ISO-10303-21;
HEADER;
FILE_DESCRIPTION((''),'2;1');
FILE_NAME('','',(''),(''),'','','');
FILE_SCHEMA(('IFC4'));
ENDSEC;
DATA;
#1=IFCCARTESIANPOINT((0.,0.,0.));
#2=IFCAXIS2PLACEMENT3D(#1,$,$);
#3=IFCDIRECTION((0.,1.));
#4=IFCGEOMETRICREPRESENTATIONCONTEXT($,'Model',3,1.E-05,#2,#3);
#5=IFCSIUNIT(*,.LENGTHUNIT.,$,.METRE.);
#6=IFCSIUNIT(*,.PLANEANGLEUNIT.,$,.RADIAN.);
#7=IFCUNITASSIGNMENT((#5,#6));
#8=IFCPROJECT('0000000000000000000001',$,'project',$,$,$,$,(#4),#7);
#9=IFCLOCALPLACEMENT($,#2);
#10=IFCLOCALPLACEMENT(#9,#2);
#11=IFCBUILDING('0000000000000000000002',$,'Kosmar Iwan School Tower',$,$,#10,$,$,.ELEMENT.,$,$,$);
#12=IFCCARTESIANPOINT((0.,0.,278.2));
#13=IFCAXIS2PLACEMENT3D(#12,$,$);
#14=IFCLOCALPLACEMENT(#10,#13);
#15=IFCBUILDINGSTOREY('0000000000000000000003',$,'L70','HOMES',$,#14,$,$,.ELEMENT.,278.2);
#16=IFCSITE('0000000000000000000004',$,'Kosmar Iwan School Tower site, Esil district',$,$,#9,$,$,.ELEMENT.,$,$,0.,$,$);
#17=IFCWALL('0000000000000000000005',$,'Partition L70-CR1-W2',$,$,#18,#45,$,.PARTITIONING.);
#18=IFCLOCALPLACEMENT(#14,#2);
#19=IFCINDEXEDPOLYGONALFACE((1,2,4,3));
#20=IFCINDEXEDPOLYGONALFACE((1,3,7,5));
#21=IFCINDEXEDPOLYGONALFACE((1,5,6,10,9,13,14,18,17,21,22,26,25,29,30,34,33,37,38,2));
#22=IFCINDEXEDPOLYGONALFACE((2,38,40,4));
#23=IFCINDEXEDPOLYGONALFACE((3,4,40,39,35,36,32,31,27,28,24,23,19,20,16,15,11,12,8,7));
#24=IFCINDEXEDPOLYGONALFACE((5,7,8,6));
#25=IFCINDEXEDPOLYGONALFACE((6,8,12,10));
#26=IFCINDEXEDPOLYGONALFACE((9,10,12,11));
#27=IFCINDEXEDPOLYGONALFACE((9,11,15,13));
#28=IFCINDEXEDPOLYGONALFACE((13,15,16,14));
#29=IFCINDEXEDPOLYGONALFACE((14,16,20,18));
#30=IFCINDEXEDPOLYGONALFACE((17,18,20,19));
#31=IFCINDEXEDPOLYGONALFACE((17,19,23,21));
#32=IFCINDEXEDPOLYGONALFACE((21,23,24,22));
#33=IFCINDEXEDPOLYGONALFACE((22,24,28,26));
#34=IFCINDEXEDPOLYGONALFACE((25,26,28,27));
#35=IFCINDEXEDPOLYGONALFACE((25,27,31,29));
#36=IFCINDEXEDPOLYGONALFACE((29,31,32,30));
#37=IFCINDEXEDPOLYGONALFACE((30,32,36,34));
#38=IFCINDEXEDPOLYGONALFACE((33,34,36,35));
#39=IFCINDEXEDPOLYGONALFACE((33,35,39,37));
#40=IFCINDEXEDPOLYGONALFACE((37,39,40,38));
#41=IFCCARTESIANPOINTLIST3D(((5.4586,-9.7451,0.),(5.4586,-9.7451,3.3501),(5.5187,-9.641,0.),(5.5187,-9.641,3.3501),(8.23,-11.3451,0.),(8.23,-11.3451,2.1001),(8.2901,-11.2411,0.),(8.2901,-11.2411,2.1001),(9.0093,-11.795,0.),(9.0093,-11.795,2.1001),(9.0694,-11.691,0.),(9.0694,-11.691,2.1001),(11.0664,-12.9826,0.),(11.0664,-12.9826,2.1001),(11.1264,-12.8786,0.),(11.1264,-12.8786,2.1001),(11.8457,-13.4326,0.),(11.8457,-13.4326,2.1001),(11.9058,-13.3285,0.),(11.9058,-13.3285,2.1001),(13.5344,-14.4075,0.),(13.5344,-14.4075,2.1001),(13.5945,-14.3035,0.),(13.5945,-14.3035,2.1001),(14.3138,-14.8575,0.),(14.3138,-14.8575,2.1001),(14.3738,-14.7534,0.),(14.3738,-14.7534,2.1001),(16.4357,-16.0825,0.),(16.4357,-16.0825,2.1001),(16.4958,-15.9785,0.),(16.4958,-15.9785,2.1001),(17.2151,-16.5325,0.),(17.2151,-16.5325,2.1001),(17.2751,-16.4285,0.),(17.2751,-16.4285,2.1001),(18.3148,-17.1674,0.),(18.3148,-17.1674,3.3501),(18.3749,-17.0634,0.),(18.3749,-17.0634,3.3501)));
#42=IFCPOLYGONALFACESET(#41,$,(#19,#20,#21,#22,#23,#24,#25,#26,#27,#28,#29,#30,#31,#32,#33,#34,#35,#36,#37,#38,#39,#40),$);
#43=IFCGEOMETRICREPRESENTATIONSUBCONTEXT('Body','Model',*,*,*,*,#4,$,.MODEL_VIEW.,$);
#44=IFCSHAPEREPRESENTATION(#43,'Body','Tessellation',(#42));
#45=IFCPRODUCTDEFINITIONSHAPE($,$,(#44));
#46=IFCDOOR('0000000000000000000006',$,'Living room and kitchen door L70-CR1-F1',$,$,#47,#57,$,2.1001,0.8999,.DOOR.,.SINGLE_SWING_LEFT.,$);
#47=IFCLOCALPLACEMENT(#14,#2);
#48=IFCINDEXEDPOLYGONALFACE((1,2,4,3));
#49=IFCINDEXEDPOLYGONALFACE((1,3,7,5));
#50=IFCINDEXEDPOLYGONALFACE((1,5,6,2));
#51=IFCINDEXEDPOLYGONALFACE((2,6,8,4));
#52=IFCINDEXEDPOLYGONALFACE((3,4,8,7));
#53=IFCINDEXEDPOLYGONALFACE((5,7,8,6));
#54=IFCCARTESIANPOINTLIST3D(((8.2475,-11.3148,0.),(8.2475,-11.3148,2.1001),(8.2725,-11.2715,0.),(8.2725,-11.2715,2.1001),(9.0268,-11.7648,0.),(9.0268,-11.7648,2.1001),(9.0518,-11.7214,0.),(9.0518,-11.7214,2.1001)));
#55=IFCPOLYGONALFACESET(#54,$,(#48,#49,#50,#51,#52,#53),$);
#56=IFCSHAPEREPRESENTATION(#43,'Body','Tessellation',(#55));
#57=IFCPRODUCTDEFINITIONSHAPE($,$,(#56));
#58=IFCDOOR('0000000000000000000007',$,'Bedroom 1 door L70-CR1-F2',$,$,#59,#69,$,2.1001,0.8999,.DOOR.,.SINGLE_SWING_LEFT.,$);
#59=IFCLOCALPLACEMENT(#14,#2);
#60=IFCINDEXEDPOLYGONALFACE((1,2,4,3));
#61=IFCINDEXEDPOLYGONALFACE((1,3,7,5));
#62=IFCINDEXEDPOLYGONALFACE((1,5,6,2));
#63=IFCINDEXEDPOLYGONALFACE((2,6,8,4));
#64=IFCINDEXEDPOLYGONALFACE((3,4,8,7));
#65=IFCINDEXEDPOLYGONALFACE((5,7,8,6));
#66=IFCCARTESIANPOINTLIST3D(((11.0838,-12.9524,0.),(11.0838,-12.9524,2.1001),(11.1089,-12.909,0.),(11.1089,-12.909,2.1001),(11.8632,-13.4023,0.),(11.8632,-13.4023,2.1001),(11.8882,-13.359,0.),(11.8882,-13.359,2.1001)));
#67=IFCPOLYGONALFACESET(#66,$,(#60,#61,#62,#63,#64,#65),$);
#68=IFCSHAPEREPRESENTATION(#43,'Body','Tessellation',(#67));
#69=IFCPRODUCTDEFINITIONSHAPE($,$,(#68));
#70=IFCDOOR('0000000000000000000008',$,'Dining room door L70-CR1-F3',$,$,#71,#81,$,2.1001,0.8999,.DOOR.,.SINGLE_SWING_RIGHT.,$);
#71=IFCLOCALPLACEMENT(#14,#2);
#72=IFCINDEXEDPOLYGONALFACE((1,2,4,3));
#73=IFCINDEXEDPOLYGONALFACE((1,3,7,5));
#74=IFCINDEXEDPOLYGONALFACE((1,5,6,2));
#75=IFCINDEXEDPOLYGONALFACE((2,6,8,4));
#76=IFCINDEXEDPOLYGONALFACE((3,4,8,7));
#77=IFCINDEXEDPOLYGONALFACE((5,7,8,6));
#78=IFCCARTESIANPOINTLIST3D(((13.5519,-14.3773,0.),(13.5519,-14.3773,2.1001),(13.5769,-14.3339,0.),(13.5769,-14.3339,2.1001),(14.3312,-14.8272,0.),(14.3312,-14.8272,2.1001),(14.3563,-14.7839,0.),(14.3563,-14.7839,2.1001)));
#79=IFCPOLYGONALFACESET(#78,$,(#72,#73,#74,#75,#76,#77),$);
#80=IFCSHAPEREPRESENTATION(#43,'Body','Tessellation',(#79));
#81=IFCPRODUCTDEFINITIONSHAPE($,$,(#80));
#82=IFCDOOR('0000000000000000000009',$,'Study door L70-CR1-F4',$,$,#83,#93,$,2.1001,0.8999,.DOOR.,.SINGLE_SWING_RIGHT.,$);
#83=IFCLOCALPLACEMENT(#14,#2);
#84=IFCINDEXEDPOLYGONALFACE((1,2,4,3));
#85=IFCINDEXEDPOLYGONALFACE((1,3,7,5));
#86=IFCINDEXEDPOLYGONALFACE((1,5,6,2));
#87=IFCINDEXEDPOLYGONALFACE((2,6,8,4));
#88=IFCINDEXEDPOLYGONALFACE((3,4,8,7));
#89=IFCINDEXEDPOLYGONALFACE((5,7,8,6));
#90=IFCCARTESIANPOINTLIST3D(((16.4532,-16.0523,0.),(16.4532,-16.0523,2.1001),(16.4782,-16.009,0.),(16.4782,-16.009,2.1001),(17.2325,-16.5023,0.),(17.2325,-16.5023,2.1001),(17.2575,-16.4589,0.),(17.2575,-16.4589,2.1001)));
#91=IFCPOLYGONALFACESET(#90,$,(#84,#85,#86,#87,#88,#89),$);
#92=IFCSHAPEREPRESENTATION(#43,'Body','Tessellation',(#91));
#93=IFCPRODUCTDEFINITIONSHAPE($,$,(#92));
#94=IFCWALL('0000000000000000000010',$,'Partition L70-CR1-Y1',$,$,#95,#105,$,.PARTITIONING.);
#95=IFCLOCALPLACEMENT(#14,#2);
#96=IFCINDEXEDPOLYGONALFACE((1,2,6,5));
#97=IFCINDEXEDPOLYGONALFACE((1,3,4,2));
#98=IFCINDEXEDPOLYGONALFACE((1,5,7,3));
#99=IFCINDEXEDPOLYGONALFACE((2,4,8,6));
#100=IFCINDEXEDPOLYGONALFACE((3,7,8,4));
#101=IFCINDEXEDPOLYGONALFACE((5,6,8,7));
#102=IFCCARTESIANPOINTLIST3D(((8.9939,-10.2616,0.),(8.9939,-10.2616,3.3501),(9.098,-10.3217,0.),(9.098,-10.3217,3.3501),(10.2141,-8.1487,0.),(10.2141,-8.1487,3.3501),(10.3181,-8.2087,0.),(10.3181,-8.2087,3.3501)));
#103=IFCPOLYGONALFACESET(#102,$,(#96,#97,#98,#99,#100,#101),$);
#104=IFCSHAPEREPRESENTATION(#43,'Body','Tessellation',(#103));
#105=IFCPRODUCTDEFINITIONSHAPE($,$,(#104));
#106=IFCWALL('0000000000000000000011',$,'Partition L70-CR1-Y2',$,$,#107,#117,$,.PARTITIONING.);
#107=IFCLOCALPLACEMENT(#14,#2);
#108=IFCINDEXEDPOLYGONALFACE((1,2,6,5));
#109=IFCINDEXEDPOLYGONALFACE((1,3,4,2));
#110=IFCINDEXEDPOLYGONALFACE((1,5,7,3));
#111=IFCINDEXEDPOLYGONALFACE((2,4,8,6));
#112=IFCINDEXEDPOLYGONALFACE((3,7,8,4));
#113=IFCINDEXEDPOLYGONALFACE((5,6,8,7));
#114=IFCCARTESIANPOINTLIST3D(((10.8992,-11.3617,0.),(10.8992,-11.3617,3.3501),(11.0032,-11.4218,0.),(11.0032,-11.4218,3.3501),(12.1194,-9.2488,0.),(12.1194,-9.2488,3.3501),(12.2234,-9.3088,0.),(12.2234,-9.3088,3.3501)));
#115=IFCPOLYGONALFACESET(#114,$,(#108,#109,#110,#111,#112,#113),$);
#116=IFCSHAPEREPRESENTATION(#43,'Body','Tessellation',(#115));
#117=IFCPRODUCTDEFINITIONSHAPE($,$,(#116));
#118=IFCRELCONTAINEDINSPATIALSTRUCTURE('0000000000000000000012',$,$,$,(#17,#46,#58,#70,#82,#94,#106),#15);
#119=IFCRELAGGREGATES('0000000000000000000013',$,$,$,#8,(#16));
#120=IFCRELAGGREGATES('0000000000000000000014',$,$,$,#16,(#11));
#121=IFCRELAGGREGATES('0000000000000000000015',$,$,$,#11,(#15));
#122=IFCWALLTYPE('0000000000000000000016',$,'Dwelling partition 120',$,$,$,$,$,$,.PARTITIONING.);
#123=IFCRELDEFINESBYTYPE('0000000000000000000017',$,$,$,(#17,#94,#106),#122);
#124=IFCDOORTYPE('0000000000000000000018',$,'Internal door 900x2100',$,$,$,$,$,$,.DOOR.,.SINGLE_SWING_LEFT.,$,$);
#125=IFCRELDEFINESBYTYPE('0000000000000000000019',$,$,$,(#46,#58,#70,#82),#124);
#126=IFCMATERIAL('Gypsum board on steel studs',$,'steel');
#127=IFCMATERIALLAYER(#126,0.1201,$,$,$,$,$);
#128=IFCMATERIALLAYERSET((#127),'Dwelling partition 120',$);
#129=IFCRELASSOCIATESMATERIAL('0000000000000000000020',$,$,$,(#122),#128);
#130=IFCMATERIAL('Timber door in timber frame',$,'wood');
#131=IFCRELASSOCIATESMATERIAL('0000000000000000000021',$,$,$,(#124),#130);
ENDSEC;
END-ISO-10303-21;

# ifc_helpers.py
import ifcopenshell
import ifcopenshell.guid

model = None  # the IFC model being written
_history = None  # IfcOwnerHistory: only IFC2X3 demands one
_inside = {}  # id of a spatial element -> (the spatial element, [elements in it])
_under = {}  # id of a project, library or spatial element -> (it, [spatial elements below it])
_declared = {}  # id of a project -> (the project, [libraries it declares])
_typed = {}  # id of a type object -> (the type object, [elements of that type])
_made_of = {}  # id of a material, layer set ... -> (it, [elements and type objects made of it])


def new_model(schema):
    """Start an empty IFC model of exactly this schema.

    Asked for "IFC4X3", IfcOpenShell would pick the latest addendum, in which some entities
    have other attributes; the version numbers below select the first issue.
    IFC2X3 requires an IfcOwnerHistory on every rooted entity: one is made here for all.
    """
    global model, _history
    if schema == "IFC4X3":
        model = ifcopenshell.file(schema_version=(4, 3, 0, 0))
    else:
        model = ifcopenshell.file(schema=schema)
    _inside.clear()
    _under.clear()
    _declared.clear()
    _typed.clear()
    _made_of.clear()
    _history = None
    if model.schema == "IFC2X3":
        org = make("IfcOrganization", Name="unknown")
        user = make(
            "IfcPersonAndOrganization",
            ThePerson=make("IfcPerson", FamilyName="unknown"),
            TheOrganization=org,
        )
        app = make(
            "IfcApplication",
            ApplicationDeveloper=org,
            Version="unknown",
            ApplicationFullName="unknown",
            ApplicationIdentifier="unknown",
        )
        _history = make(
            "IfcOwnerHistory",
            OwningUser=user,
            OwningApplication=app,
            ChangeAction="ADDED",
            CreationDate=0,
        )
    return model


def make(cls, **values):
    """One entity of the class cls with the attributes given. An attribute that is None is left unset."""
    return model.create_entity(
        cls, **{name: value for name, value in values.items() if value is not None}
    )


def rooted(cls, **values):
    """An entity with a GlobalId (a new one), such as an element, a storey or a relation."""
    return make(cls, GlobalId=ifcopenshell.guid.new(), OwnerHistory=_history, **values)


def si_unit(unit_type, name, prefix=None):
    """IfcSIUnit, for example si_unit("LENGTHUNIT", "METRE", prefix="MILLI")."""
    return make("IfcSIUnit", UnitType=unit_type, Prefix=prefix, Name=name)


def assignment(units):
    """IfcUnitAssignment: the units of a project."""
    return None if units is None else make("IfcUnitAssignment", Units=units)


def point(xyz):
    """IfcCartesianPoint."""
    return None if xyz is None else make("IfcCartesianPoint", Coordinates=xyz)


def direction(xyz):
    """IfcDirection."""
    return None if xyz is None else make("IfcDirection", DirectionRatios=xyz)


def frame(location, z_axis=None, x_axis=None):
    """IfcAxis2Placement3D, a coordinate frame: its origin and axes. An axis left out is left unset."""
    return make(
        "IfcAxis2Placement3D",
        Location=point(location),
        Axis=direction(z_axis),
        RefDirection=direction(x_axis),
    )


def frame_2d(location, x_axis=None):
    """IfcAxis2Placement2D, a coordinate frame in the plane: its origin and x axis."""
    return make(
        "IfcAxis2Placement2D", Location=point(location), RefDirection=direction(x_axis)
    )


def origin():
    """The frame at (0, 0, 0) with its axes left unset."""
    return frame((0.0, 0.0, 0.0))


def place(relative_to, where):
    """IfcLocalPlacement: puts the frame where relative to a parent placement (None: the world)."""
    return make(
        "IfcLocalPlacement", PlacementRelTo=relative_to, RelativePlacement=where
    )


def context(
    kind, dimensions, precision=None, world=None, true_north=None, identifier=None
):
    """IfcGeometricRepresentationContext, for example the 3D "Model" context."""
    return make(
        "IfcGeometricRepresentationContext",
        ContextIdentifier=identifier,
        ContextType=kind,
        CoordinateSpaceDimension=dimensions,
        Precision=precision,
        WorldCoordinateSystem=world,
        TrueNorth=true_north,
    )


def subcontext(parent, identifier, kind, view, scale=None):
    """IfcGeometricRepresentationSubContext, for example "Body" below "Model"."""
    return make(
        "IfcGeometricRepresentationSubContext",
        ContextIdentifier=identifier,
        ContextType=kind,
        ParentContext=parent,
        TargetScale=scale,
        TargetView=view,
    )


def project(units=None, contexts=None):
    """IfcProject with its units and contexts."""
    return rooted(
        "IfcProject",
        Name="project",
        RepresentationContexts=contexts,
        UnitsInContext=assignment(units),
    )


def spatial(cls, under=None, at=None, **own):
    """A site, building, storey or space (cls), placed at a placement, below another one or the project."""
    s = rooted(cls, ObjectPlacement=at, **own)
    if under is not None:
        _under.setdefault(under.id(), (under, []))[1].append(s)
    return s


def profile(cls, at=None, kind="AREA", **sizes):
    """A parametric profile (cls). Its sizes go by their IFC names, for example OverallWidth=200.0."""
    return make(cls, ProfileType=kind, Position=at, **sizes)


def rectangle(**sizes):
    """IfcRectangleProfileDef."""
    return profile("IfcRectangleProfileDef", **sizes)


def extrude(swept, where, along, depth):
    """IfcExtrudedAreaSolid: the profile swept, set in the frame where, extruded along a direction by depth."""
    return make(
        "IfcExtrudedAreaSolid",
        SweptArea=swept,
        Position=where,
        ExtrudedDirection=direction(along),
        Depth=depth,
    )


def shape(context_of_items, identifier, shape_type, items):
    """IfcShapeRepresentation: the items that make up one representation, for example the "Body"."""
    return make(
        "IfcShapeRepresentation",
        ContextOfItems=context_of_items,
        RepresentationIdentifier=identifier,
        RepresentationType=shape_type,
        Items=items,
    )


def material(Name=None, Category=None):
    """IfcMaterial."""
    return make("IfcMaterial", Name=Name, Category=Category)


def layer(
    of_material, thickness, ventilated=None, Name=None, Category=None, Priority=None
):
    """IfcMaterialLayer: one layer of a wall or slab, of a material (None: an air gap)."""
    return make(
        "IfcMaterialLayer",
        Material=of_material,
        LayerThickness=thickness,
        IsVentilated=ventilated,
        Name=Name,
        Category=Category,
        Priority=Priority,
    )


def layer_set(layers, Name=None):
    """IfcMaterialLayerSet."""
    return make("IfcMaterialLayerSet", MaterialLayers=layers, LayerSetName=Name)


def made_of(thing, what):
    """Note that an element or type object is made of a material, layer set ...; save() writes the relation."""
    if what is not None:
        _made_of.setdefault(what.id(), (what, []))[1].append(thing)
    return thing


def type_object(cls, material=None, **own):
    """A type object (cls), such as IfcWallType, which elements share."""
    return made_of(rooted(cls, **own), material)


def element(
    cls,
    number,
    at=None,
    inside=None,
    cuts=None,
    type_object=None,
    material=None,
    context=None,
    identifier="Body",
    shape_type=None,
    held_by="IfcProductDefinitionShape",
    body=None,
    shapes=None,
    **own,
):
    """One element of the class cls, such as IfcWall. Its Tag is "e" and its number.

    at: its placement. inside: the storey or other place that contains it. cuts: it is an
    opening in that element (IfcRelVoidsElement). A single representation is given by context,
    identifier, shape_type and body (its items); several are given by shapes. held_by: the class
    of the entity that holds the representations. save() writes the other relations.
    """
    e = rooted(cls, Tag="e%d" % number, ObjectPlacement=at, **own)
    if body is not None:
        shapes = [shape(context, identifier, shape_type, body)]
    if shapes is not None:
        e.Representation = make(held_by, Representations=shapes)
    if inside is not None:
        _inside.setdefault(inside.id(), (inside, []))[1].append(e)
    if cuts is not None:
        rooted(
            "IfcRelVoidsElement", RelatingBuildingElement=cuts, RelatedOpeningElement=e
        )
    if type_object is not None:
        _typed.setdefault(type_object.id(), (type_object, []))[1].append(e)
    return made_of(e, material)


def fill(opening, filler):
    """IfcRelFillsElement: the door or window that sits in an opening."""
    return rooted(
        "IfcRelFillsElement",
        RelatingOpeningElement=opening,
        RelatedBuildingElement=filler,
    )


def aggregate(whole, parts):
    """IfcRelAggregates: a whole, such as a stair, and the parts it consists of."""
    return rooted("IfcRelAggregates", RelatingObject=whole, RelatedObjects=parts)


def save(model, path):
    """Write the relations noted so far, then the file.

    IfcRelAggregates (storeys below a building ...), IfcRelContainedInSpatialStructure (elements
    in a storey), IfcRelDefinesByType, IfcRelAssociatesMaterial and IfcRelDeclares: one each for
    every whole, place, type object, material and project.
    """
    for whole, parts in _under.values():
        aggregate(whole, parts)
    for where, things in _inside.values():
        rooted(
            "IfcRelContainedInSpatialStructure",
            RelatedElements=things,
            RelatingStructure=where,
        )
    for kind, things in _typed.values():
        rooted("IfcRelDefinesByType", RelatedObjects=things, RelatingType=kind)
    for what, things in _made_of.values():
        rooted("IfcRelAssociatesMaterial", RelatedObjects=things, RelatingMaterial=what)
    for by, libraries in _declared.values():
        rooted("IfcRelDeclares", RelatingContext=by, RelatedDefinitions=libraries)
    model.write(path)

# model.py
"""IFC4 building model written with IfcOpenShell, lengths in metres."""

from ifc_helpers import new_model, si_unit, direction, frame, frame_2d, origin, place, context, subcontext, project, spatial, rectangle, extrude, material, layer, layer_set, type_object, element, fill, save


model = new_model("IFC4")

# Units and contexts
model_context = context("Model", 3, precision=1e-05, world=origin(), true_north=direction((0.0, 1.0)))
body_context = subcontext(model_context, "Body", "Model", "MODEL_VIEW")
ifc_project = project(units=[si_unit("LENGTHUNIT", "METRE"), si_unit("PLANEANGLEUNIT", "RADIAN")], contexts=[model_context])

# Site, building, storey
site_placement = place(None, origin())
site = spatial("IfcSite", under=ifc_project, at=site_placement, Name="Kosmar Iwan School Tower site, Esil district", CompositionType="ELEMENT", RefElevation=0.0)
building_placement = place(site_placement, origin())
building = spatial("IfcBuilding", under=site, at=building_placement, Name="Kosmar Iwan School Tower", CompositionType="ELEMENT")
storey_placement = place(building_placement, frame((0.0, 0.0, 278.2)))
storey = spatial("IfcBuildingStorey", under=building, at=storey_placement, Name="L70", Description="HOMES", CompositionType="ELEMENT", Elevation=278.2)

# Shared definitions
ifc_material_1 = material(Name="Gypsum board on steel studs", Category="steel")
ifc_layer_1 = layer(ifc_material_1, 0.1201)
ifc_layer_set_1 = layer_set([ifc_layer_1], Name="Dwelling partition 120")
wall_type_1 = type_object("IfcWallType", Name="Dwelling partition 120", PredefinedType="PARTITIONING", material=ifc_layer_set_1)

# Wall, openings, doors
ifc_material_2 = material(Name="Timber door in timber frame", Category="wood")
door_type_1 = type_object("IfcDoorType", Name="Internal door 900x2100", OperationType="SINGLE_SWING_LEFT", PredefinedType="DOOR", material=ifc_material_2)
wall_1_placement = place(storey_placement, frame((5.4888, -9.6931, 0.0), z_axis=(0.0, 0.0, 1.0), x_axis=(0.86603, -0.499992, 0.0)))
wall_1 = element("IfcWall", 1, at=wall_1_placement, inside=storey, type_object=wall_type_1, Name="Partition L70-CR1-W2", PredefinedType="PARTITIONING", context=body_context, shape_type="SweptSolid", body=[
    extrude(rectangle(XDim=14.845, YDim=0.1201, at=frame_2d((7.4224, 0.0))), origin(), (0.0, 0.0, 1.0), 3.3501),
])
opening_1_placement = place(wall_1_placement, frame((3.2, 0.0, 0.0)))
opening_1 = element("IfcOpeningElement", 2, at=opening_1_placement, cuts=wall_1, PredefinedType="OPENING", context=body_context, shape_type="SweptSolid", body=[
    extrude(rectangle(XDim=0.8999, YDim=2.1001, at=frame_2d((0.45, 1.05))), frame((0.0, 0.072, 0.0), z_axis=(0.0, -1.0, 0.0), x_axis=(1.0, 0.0, 0.0)), (0.0, 0.0, 1.0), 0.144),
])
opening_2_placement = place(wall_1_placement, frame((6.4751, 0.0, 0.0)))
opening_2 = element("IfcOpeningElement", 3, at=opening_2_placement, cuts=wall_1, PredefinedType="OPENING", context=body_context, shape_type="SweptSolid", body=[
    extrude(rectangle(XDim=0.8999, YDim=2.1001, at=frame_2d((0.45, 1.05))), frame((0.0, 0.072, 0.0), z_axis=(0.0, -1.0, 0.0), x_axis=(1.0, 0.0, 0.0)), (0.0, 0.0, 1.0), 0.144),
])
opening_3_placement = place(wall_1_placement, frame((9.325, 0.0, 0.0)))
opening_3 = element("IfcOpeningElement", 4, at=opening_3_placement, cuts=wall_1, PredefinedType="OPENING", context=body_context, shape_type="SweptSolid", body=[
    extrude(rectangle(XDim=0.8999, YDim=2.1001, at=frame_2d((0.45, 1.05))), frame((0.0, 0.072, 0.0), z_axis=(0.0, -1.0, 0.0), x_axis=(1.0, 0.0, 0.0)), (0.0, 0.0, 1.0), 0.144),
])
opening_4_placement = place(wall_1_placement, frame((12.675, 0.0, 0.0)))
opening_4 = element("IfcOpeningElement", 5, at=opening_4_placement, cuts=wall_1, PredefinedType="OPENING", context=body_context, shape_type="SweptSolid", body=[
    extrude(rectangle(XDim=0.8999, YDim=2.1001, at=frame_2d((0.45, 1.05))), frame((0.0, 0.072, 0.0), z_axis=(0.0, -1.0, 0.0), x_axis=(1.0, 0.0, 0.0)), (0.0, 0.0, 1.0), 0.144),
])
door_1_placement = place(opening_1_placement, origin())
door_1 = element("IfcDoor", 6, at=door_1_placement, inside=storey, type_object=door_type_1, Name="Living room and kitchen door L70-CR1-F1", OperationType="SINGLE_SWING_LEFT", OverallHeight=2.1001, OverallWidth=0.8999, PredefinedType="DOOR", context=body_context, shape_type="SweptSolid", body=[
    extrude(rectangle(XDim=0.8999, YDim=2.1001, at=frame_2d((0.45, 1.05))), frame((0.0, 0.0249, 0.0), z_axis=(0.0, -1.0, 0.0), x_axis=(1.0, 0.0, 0.0)), (0.0, 0.0, 1.0), 0.05),
])
fill(opening_1, door_1)
door_2_placement = place(opening_2_placement, origin())
door_2 = element("IfcDoor", 7, at=door_2_placement, inside=storey, type_object=door_type_1, Name="Bedroom 1 door L70-CR1-F2", OperationType="SINGLE_SWING_LEFT", OverallHeight=2.1001, OverallWidth=0.8999, PredefinedType="DOOR", context=body_context, shape_type="SweptSolid", body=[
    extrude(rectangle(XDim=0.8999, YDim=2.1001, at=frame_2d((0.45, 1.05))), frame((0.0, 0.0249, 0.0), z_axis=(0.0, -1.0, 0.0), x_axis=(1.0, 0.0, 0.0)), (0.0, 0.0, 1.0), 0.05),
])
fill(opening_2, door_2)
door_3_placement = place(opening_3_placement, origin())
door_3 = element("IfcDoor", 8, at=door_3_placement, inside=storey, type_object=door_type_1, Name="Dining room door L70-CR1-F3", OperationType="SINGLE_SWING_RIGHT", OverallHeight=2.1001, OverallWidth=0.8999, PredefinedType="DOOR", context=body_context, shape_type="SweptSolid", body=[
    extrude(rectangle(XDim=0.8999, YDim=2.1001, at=frame_2d((0.45, 1.05))), frame((0.0, 0.0249, 0.0), z_axis=(0.0, -1.0, 0.0), x_axis=(1.0, 0.0, 0.0)), (0.0, 0.0, 1.0), 0.05),
])
fill(opening_3, door_3)
door_4_placement = place(opening_4_placement, origin())
door_4 = element("IfcDoor", 9, at=door_4_placement, inside=storey, type_object=door_type_1, Name="Study door L70-CR1-F4", OperationType="SINGLE_SWING_RIGHT", OverallHeight=2.1001, OverallWidth=0.8999, PredefinedType="DOOR", context=body_context, shape_type="SweptSolid", body=[
    extrude(rectangle(XDim=0.8999, YDim=2.1001, at=frame_2d((0.45, 1.05))), frame((0.0, 0.0249, 0.0), z_axis=(0.0, -1.0, 0.0), x_axis=(1.0, 0.0, 0.0)), (0.0, 0.0, 1.0), 0.05),
])
fill(opening_4, door_4)

# Walls
for number, where, z_axis, x_axis, name in (
    (10, (10.2661, -8.1787, 0.0), (0.0, 0.0, 1.0), (-0.500078, -0.865981, 0.0), "Partition L70-CR1-Y1"),
    (11, (12.1714, -9.2788, 0.0), (0.0, 0.0, 1.0), (-0.500078, -0.865981, 0.0), "Partition L70-CR1-Y2"),
):
    element("IfcWall", number, at=place(storey_placement, frame(where, z_axis=z_axis, x_axis=x_axis)), inside=storey, type_object=wall_type_1, Name=name, PredefinedType="PARTITIONING", context=body_context, shape_type="SweptSolid", body=[
        extrude(rectangle(XDim=2.4399, YDim=0.1201, at=frame_2d((1.22, 0.0))), origin(), (0.0, 0.0, 1.0), 3.3501),
    ])

save(model, "model.ifc")
